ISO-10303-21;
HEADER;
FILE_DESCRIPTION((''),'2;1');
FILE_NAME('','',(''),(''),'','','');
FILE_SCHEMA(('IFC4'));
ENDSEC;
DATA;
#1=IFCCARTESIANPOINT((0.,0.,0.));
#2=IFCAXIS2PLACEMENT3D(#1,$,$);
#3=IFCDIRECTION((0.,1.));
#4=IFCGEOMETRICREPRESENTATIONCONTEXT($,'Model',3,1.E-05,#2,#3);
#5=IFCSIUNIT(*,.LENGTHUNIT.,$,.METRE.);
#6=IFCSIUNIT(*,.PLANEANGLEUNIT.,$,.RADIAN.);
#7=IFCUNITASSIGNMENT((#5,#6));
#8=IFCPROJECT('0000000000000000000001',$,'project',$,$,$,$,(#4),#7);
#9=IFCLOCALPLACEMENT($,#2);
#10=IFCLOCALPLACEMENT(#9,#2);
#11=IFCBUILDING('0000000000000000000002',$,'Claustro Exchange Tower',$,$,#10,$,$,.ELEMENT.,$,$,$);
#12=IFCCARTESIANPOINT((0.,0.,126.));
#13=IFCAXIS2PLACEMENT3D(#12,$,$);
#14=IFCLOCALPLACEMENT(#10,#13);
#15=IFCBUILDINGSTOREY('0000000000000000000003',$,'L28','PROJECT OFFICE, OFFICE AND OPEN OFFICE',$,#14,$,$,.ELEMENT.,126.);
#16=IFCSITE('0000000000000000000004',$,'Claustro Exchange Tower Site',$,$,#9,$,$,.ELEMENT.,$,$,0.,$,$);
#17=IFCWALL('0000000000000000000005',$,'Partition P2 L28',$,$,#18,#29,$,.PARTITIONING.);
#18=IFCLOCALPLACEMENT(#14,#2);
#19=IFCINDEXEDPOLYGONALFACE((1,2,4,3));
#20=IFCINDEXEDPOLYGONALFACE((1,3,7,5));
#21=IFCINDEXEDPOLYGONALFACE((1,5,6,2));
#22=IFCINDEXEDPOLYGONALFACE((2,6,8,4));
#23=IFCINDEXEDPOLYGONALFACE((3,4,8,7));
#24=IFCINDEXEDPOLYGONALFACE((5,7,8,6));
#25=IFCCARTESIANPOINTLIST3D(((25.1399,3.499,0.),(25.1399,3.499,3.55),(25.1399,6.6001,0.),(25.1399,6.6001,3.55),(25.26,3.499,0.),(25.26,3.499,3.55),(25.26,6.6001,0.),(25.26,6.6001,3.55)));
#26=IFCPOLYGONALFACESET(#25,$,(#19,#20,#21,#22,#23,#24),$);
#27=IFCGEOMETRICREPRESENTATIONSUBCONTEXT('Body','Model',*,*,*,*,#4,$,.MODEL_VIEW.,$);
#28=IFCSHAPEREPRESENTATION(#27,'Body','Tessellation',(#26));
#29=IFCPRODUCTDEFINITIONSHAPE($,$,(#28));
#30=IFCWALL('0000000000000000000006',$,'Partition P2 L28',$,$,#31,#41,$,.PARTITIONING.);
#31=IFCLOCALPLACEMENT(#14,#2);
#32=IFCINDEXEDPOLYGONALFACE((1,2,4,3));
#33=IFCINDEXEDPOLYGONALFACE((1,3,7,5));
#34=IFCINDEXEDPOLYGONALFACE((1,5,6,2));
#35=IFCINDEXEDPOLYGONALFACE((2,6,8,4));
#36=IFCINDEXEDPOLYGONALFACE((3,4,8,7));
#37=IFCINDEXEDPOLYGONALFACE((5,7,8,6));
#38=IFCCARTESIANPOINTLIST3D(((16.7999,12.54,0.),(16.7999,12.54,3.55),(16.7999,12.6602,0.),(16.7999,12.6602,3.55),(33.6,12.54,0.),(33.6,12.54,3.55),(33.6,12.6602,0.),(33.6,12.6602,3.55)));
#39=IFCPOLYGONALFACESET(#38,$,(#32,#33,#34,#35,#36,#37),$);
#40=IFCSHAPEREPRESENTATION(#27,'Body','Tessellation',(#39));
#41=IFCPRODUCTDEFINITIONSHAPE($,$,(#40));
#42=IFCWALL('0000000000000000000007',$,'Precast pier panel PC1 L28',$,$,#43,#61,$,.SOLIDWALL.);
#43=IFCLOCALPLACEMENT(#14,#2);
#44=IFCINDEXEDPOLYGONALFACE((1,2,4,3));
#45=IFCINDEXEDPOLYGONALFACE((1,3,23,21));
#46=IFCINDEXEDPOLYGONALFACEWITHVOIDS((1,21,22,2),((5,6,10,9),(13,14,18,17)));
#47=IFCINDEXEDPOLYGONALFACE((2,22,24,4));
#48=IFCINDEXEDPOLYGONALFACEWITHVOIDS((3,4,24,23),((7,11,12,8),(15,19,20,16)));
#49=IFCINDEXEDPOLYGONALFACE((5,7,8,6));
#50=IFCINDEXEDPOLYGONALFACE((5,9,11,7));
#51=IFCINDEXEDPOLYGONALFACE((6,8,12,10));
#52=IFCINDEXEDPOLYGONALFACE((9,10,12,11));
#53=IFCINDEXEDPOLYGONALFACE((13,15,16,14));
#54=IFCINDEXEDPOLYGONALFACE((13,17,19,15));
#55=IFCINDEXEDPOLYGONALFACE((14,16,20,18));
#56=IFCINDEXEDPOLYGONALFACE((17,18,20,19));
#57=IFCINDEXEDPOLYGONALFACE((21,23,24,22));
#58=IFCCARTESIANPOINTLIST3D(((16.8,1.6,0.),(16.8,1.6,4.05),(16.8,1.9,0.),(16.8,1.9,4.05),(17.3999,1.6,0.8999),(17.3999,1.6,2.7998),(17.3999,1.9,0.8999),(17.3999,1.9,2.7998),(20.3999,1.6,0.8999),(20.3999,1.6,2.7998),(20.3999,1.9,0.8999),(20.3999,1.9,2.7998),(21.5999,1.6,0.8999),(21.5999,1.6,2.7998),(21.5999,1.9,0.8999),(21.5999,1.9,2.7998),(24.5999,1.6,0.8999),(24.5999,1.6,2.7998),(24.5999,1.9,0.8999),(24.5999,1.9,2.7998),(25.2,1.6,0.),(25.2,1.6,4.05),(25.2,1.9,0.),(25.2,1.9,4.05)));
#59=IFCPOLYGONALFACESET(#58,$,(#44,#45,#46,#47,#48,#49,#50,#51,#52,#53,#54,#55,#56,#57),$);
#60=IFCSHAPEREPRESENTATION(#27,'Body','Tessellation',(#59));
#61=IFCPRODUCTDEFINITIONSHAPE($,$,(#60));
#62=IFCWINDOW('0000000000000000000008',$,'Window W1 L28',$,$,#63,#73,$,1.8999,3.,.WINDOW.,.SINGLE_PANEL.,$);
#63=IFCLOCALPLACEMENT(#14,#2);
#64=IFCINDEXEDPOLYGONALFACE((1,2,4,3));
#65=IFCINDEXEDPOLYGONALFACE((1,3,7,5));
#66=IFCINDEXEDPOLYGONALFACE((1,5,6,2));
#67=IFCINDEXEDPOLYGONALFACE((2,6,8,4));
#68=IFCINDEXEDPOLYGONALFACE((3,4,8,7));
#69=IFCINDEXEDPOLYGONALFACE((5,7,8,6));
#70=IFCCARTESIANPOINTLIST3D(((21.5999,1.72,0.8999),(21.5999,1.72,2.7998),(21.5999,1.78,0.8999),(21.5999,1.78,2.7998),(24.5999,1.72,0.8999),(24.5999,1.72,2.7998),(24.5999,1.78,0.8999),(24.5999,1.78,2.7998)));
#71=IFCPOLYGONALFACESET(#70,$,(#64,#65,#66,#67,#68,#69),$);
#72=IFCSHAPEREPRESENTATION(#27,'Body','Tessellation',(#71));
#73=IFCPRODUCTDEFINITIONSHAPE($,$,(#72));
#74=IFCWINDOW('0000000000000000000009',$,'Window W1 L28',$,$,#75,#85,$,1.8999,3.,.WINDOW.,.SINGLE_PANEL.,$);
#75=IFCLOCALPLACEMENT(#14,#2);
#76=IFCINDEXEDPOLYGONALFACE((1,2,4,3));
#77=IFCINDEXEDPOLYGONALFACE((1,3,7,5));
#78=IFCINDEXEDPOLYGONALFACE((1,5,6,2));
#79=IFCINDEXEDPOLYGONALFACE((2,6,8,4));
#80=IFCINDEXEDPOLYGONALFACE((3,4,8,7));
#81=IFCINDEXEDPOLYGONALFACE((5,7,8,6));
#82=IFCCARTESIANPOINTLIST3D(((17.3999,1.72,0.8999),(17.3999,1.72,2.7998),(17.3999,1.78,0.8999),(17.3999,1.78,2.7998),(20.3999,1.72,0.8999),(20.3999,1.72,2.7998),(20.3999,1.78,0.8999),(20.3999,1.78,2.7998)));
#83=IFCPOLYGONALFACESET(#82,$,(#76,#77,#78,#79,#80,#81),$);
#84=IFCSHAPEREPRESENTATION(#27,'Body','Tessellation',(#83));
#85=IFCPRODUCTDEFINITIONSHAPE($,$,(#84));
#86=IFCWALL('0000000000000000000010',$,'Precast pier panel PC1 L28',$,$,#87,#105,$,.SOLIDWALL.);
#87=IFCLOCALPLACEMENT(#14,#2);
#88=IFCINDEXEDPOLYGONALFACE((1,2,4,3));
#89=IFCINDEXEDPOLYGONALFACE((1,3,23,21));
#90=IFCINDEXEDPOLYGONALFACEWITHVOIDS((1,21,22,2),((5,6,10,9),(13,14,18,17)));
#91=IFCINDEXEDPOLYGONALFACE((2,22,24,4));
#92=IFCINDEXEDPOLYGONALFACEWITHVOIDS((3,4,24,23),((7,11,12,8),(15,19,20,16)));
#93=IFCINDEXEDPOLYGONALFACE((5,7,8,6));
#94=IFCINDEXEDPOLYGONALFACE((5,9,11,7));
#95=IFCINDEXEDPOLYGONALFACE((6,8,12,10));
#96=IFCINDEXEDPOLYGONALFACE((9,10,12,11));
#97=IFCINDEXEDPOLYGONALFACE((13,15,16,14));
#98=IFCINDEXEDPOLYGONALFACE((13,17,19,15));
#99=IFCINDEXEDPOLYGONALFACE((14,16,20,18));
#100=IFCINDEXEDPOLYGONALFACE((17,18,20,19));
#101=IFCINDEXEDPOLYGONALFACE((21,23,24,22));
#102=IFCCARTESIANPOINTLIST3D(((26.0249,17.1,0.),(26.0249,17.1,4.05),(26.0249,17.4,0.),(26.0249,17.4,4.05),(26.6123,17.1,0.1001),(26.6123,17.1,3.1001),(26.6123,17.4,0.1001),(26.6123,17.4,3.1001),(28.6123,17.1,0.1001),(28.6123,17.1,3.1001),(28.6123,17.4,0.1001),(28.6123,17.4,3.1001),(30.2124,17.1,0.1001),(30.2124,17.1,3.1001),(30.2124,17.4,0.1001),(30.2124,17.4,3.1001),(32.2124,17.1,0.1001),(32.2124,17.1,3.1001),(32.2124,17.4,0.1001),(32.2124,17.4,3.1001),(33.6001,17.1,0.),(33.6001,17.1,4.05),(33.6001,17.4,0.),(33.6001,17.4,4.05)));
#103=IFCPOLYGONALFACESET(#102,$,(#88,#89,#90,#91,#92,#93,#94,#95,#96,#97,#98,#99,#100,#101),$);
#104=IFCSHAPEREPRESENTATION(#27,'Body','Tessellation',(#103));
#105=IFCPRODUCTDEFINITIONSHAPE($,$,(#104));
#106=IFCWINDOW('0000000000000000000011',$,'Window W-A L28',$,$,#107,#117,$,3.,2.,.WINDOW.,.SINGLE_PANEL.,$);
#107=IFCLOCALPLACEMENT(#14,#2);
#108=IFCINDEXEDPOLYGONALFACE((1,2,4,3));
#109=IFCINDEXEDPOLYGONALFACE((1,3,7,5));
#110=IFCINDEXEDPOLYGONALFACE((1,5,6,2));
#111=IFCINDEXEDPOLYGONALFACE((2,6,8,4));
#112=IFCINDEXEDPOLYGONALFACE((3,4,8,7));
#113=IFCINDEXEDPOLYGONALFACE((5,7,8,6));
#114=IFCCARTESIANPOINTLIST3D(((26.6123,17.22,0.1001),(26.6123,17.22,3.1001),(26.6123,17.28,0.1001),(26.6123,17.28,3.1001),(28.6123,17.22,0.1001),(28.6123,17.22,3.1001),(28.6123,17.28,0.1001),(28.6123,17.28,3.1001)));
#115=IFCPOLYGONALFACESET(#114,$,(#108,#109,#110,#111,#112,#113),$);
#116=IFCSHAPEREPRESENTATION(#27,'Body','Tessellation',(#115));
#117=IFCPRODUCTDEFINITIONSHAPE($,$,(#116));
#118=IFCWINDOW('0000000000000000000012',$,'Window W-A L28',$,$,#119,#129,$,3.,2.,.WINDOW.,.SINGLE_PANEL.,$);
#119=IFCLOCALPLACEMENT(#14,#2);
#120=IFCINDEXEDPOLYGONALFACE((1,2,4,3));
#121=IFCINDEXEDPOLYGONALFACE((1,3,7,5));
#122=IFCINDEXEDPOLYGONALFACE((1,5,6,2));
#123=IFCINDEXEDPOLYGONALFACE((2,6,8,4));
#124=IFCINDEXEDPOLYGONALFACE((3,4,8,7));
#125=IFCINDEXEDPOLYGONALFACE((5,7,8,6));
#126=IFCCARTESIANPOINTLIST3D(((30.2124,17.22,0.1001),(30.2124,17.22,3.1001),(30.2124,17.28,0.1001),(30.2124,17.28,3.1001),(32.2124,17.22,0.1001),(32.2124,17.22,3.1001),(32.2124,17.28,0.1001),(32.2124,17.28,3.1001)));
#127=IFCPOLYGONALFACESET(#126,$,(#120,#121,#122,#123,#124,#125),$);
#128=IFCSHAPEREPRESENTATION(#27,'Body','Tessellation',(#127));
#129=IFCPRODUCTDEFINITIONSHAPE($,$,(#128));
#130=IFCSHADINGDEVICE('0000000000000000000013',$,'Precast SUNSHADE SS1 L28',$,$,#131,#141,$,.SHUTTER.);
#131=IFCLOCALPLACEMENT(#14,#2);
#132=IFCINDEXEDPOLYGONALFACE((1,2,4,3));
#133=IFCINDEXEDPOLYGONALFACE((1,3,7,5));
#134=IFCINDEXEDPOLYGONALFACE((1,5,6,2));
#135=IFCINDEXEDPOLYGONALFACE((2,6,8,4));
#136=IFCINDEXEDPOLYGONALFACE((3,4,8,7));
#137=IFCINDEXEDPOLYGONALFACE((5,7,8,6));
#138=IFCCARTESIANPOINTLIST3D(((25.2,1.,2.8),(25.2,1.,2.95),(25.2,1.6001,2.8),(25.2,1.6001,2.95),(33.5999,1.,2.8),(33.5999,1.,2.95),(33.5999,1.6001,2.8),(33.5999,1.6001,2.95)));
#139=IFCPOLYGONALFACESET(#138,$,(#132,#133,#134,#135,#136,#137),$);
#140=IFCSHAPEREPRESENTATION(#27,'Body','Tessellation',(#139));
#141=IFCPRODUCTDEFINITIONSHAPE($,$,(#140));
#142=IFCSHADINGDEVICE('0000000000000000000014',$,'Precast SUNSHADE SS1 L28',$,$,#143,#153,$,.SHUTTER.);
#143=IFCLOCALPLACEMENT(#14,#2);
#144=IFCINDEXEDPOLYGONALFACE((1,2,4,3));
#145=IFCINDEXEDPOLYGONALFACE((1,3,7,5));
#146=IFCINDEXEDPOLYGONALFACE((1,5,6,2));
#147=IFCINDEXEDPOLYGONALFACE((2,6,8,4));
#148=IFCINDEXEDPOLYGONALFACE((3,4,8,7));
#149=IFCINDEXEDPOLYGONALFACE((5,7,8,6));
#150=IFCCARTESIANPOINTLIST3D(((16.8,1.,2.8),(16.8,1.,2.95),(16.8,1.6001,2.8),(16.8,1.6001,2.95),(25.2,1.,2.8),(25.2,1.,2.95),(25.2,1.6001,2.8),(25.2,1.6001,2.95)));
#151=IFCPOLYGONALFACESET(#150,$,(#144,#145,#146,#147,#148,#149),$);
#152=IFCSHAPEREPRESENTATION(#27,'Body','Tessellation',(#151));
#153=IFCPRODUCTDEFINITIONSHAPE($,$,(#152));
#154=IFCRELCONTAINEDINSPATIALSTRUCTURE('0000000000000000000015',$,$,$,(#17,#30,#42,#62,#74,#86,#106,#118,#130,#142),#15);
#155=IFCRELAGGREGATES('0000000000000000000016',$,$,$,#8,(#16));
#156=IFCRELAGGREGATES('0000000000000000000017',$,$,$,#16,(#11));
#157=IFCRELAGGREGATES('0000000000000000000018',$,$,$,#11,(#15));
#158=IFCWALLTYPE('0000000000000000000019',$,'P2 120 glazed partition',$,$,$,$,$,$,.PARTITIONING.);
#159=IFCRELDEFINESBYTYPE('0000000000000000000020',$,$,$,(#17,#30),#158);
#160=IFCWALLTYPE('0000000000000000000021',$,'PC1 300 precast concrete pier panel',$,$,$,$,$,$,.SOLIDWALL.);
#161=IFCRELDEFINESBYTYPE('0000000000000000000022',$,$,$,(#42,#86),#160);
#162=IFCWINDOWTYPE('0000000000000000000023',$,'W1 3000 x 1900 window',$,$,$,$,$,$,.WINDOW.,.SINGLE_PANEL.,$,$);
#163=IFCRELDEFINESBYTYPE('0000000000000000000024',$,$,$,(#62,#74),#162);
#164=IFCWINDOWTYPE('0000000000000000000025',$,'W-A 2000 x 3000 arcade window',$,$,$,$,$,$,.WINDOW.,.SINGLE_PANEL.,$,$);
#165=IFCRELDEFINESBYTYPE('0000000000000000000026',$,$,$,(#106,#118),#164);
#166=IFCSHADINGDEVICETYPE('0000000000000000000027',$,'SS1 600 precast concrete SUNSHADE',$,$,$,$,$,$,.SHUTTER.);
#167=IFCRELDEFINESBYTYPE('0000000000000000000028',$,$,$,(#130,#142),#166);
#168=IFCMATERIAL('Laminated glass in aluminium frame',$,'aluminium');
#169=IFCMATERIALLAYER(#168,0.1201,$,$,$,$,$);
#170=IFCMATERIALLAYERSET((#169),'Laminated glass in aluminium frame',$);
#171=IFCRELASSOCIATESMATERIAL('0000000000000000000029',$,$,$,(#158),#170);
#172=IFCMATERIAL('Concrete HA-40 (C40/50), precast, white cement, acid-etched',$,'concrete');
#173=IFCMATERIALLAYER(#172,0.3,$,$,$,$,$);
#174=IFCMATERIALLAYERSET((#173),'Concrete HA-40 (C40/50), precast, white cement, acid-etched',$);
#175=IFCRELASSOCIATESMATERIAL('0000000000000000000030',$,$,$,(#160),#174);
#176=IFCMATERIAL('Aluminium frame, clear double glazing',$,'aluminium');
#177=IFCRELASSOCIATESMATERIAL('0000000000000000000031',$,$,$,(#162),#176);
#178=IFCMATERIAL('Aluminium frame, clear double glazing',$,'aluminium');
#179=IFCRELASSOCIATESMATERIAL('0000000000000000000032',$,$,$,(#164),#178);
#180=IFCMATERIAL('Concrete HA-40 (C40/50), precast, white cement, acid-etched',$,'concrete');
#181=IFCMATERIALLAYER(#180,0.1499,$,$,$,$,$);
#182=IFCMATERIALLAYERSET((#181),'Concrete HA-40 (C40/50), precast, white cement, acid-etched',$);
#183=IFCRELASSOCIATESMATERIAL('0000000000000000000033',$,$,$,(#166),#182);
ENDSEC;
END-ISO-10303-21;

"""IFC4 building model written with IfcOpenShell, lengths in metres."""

from ifc_helpers import new_model, si_unit, direction, frame, frame_2d, origin, origin_2d, place, context, subcontext, project, spatial, rectangle, extrude, material, layer, layer_set, type_object, element, fill, save


model = new_model("IFC4")

# Units and contexts
model_context = context("Model", 3, precision=1e-05, world=origin(), true_north=direction((0.0, 1.0)))
body_context = subcontext(model_context, "Body", "Model", "MODEL_VIEW")
ifc_project = project(units=[si_unit("LENGTHUNIT", "METRE"), si_unit("PLANEANGLEUNIT", "RADIAN")], contexts=[model_context])

# Site, building, storey
site_placement = place(None, origin())
site = spatial("IfcSite", under=ifc_project, at=site_placement, Name="Claustro Exchange Tower Site", CompositionType="ELEMENT", RefElevation=0.0)
building_placement = place(site_placement, origin())
building = spatial("IfcBuilding", under=site, at=building_placement, Name="Claustro Exchange Tower", CompositionType="ELEMENT")
storey_placement = place(building_placement, frame((0.0, 0.0, 126.0)))
storey = spatial("IfcBuildingStorey", under=building, at=storey_placement, Name="L28", Description="PROJECT OFFICE, OFFICE AND OPEN OFFICE", CompositionType="ELEMENT", Elevation=126.0)

# Walls
ifc_material_1 = material(Name="Laminated glass in aluminium frame", Category="aluminium")
ifc_layer_1 = layer(ifc_material_1, 0.1201)
ifc_layer_set_1 = layer_set([ifc_layer_1], Name="Laminated glass in aluminium frame")
wall_type_1 = type_object("IfcWallType", Name="P2 120 glazed partition", PredefinedType="PARTITIONING", material=ifc_layer_set_1)
wall_1_placement = place(storey_placement, frame((25.2, 3.499, 0.0), z_axis=(0.0, 0.0, 1.0), x_axis=(0.0, 1.0, 0.0)))
element("IfcWall", 1, at=wall_1_placement, inside=storey, type_object=wall_type_1, Name="Partition P2 L28", PredefinedType="PARTITIONING", context=body_context, shape_type="SweptSolid", body=[
    extrude(rectangle(XDim=3.1011, YDim=0.1201, at=frame_2d((1.5505, 0.0))), origin(), (0.0, 0.0, 1.0), 3.55),
])
wall_2_placement = place(storey_placement, frame((16.8, 12.6001, 0.0), z_axis=(0.0, 0.0, 1.0), x_axis=(1.0, 0.0, 0.0)))
element("IfcWall", 2, at=wall_2_placement, inside=storey, type_object=wall_type_1, Name="Partition P2 L28", PredefinedType="PARTITIONING", context=body_context, shape_type="SweptSolid", body=[
    extrude(rectangle(XDim=16.8, YDim=0.1201, at=frame_2d((8.3999, 0.0))), origin(), (0.0, 0.0, 1.0), 3.55),
])

# Walls, openings, windows
ifc_material_2 = material(Name="Concrete HA-40 (C40/50), precast, white cement, acid-etched", Category="concrete")
ifc_layer_2 = layer(ifc_material_2, 0.3)
ifc_layer_set_2 = layer_set([ifc_layer_2], Name="Concrete HA-40 (C40/50), precast, white cement, acid-etched")
wall_type_2 = type_object("IfcWallType", Name="PC1 300 precast concrete pier panel", PredefinedType="SOLIDWALL", material=ifc_layer_set_2)
wall_3_placement = place(storey_placement, frame((25.2, 1.75, 0.0), z_axis=(0.0, 0.0, 1.0), x_axis=(-1.0, 0.0, 0.0)))
wall_3 = element("IfcWall", 3, at=wall_3_placement, inside=storey, type_object=wall_type_2, Name="Precast pier panel PC1 L28", PredefinedType="SOLIDWALL", context=body_context, shape_type="SweptSolid", body=[
    extrude(rectangle(XDim=8.3999, YDim=0.3, at=frame_2d((4.2, 0.0))), origin(), (0.0, 0.0, 1.0), 4.05),
])
opening_1_placement = place(wall_3_placement, frame((0.6001, 0.0, 0.8999)))
opening_1 = element("IfcOpeningElement", 4, at=opening_1_placement, cuts=wall_3, PredefinedType="OPENING", context=body_context, shape_type="SweptSolid", body=[
    extrude(rectangle(XDim=3.0, YDim=1.8999, at=frame_2d((1.5, 0.95))), frame((0.0, 0.1599, 0.0), z_axis=(0.0, -1.0, 0.0), x_axis=(1.0, 0.0, 0.0)), (0.0, 0.0, 1.0), 0.3201),
])
opening_2_placement = place(wall_3_placement, frame((4.8, 0.0, 0.8999)))
opening_2 = element("IfcOpeningElement", 5, at=opening_2_placement, cuts=wall_3, PredefinedType="OPENING", context=body_context, shape_type="SweptSolid", body=[
    extrude(rectangle(XDim=3.0, YDim=1.8999, at=frame_2d((1.5, 0.95))), frame((0.0, 0.1599, 0.0), z_axis=(0.0, -1.0, 0.0), x_axis=(1.0, 0.0, 0.0)), (0.0, 0.0, 1.0), 0.3201),
])
ifc_material_3 = material(Name="Aluminium frame, clear double glazing", Category="aluminium")
window_type_1 = type_object("IfcWindowType", Name="W1 3000 x 1900 window", PartitioningType="SINGLE_PANEL", PredefinedType="WINDOW", material=ifc_material_3)
window_1_placement = place(opening_1_placement, origin())
window_1 = element("IfcWindow", 6, at=window_1_placement, inside=storey, type_object=window_type_1, Name="Window W1 L28", OverallHeight=1.8999, OverallWidth=3.0, PartitioningType="SINGLE_PANEL", PredefinedType="WINDOW", context=body_context, shape_type="SweptSolid", body=[
    extrude(rectangle(XDim=3.0, YDim=1.8999, at=frame_2d((1.5, 0.95))), frame((0.0, 0.03, 0.0), z_axis=(0.0, -1.0, 0.0), x_axis=(1.0, 0.0, 0.0)), (0.0, 0.0, 1.0), 0.0601),
])
fill(opening_1, window_1)
window_2_placement = place(opening_2_placement, origin())
window_2 = element("IfcWindow", 7, at=window_2_placement, inside=storey, type_object=window_type_1, Name="Window W1 L28", OverallHeight=1.8999, OverallWidth=3.0, PartitioningType="SINGLE_PANEL", PredefinedType="WINDOW", context=body_context, shape_type="SweptSolid", body=[
    extrude(rectangle(XDim=3.0, YDim=1.8999, at=frame_2d((1.5, 0.95))), frame((0.0, 0.03, 0.0), z_axis=(0.0, -1.0, 0.0), x_axis=(1.0, 0.0, 0.0)), (0.0, 0.0, 1.0), 0.0601),
])
fill(opening_2, window_2)
wall_4_placement = place(storey_placement, frame((26.0249, 17.25, 0.0), z_axis=(0.0, 0.0, 1.0), x_axis=(1.0, 0.0, 0.0)))
wall_4 = element("IfcWall", 8, at=wall_4_placement, inside=storey, type_object=wall_type_2, Name="Precast pier panel PC1 L28", PredefinedType="SOLIDWALL", context=body_context, shape_type="SweptSolid", body=[
    extrude(rectangle(XDim=7.5752, YDim=0.3, at=frame_2d((3.7876, 0.0))), origin(), (0.0, 0.0, 1.0), 4.05),
])
opening_3_placement = place(wall_4_placement, frame((0.5874, 0.0, 0.1001)))
opening_3 = element("IfcOpeningElement", 9, at=opening_3_placement, cuts=wall_4, PredefinedType="OPENING", context=body_context, shape_type="SweptSolid", body=[
    extrude(rectangle(XDim=2.0, YDim=3.0, at=frame_2d((1.0, 1.5))), frame((0.0, 0.1599, 0.0), z_axis=(0.0, -1.0, 0.0), x_axis=(1.0, 0.0, 0.0)), (0.0, 0.0, 1.0), 0.3201),
])
opening_4_placement = place(wall_4_placement, frame((4.1875, 0.0, 0.1001)))
opening_4 = element("IfcOpeningElement", 10, at=opening_4_placement, cuts=wall_4, PredefinedType="OPENING", context=body_context, shape_type="SweptSolid", body=[
    extrude(rectangle(XDim=2.0, YDim=3.0, at=frame_2d((1.0, 1.5))), frame((0.0, 0.1599, 0.0), z_axis=(0.0, -1.0, 0.0), x_axis=(1.0, 0.0, 0.0)), (0.0, 0.0, 1.0), 0.3201),
])
ifc_material_4 = material(Name="Aluminium frame, clear double glazing", Category="aluminium")
window_type_2 = type_object("IfcWindowType", Name="W-A 2000 x 3000 arcade window", PartitioningType="SINGLE_PANEL", PredefinedType="WINDOW", material=ifc_material_4)
window_3_placement = place(opening_3_placement, origin())
window_3 = element("IfcWindow", 11, at=window_3_placement, inside=storey, type_object=window_type_2, Name="Window W-A L28", OverallHeight=3.0, OverallWidth=2.0, PartitioningType="SINGLE_PANEL", PredefinedType="WINDOW", context=body_context, shape_type="SweptSolid", body=[
    extrude(rectangle(XDim=2.0, YDim=3.0, at=frame_2d((1.0, 1.5))), frame((0.0, 0.03, 0.0), z_axis=(0.0, -1.0, 0.0), x_axis=(1.0, 0.0, 0.0)), (0.0, 0.0, 1.0), 0.0601),
])
fill(opening_3, window_3)
window_4_placement = place(opening_4_placement, origin())
window_4 = element("IfcWindow", 12, at=window_4_placement, inside=storey, type_object=window_type_2, Name="Window W-A L28", OverallHeight=3.0, OverallWidth=2.0, PartitioningType="SINGLE_PANEL", PredefinedType="WINDOW", context=body_context, shape_type="SweptSolid", body=[
    extrude(rectangle(XDim=2.0, YDim=3.0, at=frame_2d((1.0, 1.5))), frame((0.0, 0.03, 0.0), z_axis=(0.0, -1.0, 0.0), x_axis=(1.0, 0.0, 0.0)), (0.0, 0.0, 1.0), 0.0601),
])
fill(opening_4, window_4)

# Shading devices
ifc_material_5 = material(Name="Concrete HA-40 (C40/50), precast, white cement, acid-etched", Category="concrete")
ifc_layer_3 = layer(ifc_material_5, 0.1499)
ifc_layer_set_3 = layer_set([ifc_layer_3], Name="Concrete HA-40 (C40/50), precast, white cement, acid-etched")
shading_device_type = type_object("IfcShadingDeviceType", Name="SS1 600 precast concrete SUNSHADE", PredefinedType="SHUTTER", material=ifc_layer_set_3)
for number, where, z_axis, x_axis, name in (
    (13, (29.3999, 1.3, 2.8), (0.0, 0.0, 1.0), (-1.0, 0.0, 0.0), "Precast SUNSHADE SS1 L28"),
    (14, (21.0, 1.3, 2.8), (0.0, 0.0, 1.0), (-1.0, 0.0, 0.0), "Precast SUNSHADE SS1 L28"),
):
    element("IfcShadingDevice", number, at=place(storey_placement, frame(where, z_axis=z_axis, x_axis=x_axis)), inside=storey, type_object=shading_device_type, Name=name, PredefinedType="SHUTTER", context=body_context, shape_type="SweptSolid", body=[
        extrude(rectangle(XDim=8.3999, YDim=0.6001, at=origin_2d()), origin(), (0.0, 0.0, 1.0), 0.1499),
    ])

save(model, "model.ifc")
